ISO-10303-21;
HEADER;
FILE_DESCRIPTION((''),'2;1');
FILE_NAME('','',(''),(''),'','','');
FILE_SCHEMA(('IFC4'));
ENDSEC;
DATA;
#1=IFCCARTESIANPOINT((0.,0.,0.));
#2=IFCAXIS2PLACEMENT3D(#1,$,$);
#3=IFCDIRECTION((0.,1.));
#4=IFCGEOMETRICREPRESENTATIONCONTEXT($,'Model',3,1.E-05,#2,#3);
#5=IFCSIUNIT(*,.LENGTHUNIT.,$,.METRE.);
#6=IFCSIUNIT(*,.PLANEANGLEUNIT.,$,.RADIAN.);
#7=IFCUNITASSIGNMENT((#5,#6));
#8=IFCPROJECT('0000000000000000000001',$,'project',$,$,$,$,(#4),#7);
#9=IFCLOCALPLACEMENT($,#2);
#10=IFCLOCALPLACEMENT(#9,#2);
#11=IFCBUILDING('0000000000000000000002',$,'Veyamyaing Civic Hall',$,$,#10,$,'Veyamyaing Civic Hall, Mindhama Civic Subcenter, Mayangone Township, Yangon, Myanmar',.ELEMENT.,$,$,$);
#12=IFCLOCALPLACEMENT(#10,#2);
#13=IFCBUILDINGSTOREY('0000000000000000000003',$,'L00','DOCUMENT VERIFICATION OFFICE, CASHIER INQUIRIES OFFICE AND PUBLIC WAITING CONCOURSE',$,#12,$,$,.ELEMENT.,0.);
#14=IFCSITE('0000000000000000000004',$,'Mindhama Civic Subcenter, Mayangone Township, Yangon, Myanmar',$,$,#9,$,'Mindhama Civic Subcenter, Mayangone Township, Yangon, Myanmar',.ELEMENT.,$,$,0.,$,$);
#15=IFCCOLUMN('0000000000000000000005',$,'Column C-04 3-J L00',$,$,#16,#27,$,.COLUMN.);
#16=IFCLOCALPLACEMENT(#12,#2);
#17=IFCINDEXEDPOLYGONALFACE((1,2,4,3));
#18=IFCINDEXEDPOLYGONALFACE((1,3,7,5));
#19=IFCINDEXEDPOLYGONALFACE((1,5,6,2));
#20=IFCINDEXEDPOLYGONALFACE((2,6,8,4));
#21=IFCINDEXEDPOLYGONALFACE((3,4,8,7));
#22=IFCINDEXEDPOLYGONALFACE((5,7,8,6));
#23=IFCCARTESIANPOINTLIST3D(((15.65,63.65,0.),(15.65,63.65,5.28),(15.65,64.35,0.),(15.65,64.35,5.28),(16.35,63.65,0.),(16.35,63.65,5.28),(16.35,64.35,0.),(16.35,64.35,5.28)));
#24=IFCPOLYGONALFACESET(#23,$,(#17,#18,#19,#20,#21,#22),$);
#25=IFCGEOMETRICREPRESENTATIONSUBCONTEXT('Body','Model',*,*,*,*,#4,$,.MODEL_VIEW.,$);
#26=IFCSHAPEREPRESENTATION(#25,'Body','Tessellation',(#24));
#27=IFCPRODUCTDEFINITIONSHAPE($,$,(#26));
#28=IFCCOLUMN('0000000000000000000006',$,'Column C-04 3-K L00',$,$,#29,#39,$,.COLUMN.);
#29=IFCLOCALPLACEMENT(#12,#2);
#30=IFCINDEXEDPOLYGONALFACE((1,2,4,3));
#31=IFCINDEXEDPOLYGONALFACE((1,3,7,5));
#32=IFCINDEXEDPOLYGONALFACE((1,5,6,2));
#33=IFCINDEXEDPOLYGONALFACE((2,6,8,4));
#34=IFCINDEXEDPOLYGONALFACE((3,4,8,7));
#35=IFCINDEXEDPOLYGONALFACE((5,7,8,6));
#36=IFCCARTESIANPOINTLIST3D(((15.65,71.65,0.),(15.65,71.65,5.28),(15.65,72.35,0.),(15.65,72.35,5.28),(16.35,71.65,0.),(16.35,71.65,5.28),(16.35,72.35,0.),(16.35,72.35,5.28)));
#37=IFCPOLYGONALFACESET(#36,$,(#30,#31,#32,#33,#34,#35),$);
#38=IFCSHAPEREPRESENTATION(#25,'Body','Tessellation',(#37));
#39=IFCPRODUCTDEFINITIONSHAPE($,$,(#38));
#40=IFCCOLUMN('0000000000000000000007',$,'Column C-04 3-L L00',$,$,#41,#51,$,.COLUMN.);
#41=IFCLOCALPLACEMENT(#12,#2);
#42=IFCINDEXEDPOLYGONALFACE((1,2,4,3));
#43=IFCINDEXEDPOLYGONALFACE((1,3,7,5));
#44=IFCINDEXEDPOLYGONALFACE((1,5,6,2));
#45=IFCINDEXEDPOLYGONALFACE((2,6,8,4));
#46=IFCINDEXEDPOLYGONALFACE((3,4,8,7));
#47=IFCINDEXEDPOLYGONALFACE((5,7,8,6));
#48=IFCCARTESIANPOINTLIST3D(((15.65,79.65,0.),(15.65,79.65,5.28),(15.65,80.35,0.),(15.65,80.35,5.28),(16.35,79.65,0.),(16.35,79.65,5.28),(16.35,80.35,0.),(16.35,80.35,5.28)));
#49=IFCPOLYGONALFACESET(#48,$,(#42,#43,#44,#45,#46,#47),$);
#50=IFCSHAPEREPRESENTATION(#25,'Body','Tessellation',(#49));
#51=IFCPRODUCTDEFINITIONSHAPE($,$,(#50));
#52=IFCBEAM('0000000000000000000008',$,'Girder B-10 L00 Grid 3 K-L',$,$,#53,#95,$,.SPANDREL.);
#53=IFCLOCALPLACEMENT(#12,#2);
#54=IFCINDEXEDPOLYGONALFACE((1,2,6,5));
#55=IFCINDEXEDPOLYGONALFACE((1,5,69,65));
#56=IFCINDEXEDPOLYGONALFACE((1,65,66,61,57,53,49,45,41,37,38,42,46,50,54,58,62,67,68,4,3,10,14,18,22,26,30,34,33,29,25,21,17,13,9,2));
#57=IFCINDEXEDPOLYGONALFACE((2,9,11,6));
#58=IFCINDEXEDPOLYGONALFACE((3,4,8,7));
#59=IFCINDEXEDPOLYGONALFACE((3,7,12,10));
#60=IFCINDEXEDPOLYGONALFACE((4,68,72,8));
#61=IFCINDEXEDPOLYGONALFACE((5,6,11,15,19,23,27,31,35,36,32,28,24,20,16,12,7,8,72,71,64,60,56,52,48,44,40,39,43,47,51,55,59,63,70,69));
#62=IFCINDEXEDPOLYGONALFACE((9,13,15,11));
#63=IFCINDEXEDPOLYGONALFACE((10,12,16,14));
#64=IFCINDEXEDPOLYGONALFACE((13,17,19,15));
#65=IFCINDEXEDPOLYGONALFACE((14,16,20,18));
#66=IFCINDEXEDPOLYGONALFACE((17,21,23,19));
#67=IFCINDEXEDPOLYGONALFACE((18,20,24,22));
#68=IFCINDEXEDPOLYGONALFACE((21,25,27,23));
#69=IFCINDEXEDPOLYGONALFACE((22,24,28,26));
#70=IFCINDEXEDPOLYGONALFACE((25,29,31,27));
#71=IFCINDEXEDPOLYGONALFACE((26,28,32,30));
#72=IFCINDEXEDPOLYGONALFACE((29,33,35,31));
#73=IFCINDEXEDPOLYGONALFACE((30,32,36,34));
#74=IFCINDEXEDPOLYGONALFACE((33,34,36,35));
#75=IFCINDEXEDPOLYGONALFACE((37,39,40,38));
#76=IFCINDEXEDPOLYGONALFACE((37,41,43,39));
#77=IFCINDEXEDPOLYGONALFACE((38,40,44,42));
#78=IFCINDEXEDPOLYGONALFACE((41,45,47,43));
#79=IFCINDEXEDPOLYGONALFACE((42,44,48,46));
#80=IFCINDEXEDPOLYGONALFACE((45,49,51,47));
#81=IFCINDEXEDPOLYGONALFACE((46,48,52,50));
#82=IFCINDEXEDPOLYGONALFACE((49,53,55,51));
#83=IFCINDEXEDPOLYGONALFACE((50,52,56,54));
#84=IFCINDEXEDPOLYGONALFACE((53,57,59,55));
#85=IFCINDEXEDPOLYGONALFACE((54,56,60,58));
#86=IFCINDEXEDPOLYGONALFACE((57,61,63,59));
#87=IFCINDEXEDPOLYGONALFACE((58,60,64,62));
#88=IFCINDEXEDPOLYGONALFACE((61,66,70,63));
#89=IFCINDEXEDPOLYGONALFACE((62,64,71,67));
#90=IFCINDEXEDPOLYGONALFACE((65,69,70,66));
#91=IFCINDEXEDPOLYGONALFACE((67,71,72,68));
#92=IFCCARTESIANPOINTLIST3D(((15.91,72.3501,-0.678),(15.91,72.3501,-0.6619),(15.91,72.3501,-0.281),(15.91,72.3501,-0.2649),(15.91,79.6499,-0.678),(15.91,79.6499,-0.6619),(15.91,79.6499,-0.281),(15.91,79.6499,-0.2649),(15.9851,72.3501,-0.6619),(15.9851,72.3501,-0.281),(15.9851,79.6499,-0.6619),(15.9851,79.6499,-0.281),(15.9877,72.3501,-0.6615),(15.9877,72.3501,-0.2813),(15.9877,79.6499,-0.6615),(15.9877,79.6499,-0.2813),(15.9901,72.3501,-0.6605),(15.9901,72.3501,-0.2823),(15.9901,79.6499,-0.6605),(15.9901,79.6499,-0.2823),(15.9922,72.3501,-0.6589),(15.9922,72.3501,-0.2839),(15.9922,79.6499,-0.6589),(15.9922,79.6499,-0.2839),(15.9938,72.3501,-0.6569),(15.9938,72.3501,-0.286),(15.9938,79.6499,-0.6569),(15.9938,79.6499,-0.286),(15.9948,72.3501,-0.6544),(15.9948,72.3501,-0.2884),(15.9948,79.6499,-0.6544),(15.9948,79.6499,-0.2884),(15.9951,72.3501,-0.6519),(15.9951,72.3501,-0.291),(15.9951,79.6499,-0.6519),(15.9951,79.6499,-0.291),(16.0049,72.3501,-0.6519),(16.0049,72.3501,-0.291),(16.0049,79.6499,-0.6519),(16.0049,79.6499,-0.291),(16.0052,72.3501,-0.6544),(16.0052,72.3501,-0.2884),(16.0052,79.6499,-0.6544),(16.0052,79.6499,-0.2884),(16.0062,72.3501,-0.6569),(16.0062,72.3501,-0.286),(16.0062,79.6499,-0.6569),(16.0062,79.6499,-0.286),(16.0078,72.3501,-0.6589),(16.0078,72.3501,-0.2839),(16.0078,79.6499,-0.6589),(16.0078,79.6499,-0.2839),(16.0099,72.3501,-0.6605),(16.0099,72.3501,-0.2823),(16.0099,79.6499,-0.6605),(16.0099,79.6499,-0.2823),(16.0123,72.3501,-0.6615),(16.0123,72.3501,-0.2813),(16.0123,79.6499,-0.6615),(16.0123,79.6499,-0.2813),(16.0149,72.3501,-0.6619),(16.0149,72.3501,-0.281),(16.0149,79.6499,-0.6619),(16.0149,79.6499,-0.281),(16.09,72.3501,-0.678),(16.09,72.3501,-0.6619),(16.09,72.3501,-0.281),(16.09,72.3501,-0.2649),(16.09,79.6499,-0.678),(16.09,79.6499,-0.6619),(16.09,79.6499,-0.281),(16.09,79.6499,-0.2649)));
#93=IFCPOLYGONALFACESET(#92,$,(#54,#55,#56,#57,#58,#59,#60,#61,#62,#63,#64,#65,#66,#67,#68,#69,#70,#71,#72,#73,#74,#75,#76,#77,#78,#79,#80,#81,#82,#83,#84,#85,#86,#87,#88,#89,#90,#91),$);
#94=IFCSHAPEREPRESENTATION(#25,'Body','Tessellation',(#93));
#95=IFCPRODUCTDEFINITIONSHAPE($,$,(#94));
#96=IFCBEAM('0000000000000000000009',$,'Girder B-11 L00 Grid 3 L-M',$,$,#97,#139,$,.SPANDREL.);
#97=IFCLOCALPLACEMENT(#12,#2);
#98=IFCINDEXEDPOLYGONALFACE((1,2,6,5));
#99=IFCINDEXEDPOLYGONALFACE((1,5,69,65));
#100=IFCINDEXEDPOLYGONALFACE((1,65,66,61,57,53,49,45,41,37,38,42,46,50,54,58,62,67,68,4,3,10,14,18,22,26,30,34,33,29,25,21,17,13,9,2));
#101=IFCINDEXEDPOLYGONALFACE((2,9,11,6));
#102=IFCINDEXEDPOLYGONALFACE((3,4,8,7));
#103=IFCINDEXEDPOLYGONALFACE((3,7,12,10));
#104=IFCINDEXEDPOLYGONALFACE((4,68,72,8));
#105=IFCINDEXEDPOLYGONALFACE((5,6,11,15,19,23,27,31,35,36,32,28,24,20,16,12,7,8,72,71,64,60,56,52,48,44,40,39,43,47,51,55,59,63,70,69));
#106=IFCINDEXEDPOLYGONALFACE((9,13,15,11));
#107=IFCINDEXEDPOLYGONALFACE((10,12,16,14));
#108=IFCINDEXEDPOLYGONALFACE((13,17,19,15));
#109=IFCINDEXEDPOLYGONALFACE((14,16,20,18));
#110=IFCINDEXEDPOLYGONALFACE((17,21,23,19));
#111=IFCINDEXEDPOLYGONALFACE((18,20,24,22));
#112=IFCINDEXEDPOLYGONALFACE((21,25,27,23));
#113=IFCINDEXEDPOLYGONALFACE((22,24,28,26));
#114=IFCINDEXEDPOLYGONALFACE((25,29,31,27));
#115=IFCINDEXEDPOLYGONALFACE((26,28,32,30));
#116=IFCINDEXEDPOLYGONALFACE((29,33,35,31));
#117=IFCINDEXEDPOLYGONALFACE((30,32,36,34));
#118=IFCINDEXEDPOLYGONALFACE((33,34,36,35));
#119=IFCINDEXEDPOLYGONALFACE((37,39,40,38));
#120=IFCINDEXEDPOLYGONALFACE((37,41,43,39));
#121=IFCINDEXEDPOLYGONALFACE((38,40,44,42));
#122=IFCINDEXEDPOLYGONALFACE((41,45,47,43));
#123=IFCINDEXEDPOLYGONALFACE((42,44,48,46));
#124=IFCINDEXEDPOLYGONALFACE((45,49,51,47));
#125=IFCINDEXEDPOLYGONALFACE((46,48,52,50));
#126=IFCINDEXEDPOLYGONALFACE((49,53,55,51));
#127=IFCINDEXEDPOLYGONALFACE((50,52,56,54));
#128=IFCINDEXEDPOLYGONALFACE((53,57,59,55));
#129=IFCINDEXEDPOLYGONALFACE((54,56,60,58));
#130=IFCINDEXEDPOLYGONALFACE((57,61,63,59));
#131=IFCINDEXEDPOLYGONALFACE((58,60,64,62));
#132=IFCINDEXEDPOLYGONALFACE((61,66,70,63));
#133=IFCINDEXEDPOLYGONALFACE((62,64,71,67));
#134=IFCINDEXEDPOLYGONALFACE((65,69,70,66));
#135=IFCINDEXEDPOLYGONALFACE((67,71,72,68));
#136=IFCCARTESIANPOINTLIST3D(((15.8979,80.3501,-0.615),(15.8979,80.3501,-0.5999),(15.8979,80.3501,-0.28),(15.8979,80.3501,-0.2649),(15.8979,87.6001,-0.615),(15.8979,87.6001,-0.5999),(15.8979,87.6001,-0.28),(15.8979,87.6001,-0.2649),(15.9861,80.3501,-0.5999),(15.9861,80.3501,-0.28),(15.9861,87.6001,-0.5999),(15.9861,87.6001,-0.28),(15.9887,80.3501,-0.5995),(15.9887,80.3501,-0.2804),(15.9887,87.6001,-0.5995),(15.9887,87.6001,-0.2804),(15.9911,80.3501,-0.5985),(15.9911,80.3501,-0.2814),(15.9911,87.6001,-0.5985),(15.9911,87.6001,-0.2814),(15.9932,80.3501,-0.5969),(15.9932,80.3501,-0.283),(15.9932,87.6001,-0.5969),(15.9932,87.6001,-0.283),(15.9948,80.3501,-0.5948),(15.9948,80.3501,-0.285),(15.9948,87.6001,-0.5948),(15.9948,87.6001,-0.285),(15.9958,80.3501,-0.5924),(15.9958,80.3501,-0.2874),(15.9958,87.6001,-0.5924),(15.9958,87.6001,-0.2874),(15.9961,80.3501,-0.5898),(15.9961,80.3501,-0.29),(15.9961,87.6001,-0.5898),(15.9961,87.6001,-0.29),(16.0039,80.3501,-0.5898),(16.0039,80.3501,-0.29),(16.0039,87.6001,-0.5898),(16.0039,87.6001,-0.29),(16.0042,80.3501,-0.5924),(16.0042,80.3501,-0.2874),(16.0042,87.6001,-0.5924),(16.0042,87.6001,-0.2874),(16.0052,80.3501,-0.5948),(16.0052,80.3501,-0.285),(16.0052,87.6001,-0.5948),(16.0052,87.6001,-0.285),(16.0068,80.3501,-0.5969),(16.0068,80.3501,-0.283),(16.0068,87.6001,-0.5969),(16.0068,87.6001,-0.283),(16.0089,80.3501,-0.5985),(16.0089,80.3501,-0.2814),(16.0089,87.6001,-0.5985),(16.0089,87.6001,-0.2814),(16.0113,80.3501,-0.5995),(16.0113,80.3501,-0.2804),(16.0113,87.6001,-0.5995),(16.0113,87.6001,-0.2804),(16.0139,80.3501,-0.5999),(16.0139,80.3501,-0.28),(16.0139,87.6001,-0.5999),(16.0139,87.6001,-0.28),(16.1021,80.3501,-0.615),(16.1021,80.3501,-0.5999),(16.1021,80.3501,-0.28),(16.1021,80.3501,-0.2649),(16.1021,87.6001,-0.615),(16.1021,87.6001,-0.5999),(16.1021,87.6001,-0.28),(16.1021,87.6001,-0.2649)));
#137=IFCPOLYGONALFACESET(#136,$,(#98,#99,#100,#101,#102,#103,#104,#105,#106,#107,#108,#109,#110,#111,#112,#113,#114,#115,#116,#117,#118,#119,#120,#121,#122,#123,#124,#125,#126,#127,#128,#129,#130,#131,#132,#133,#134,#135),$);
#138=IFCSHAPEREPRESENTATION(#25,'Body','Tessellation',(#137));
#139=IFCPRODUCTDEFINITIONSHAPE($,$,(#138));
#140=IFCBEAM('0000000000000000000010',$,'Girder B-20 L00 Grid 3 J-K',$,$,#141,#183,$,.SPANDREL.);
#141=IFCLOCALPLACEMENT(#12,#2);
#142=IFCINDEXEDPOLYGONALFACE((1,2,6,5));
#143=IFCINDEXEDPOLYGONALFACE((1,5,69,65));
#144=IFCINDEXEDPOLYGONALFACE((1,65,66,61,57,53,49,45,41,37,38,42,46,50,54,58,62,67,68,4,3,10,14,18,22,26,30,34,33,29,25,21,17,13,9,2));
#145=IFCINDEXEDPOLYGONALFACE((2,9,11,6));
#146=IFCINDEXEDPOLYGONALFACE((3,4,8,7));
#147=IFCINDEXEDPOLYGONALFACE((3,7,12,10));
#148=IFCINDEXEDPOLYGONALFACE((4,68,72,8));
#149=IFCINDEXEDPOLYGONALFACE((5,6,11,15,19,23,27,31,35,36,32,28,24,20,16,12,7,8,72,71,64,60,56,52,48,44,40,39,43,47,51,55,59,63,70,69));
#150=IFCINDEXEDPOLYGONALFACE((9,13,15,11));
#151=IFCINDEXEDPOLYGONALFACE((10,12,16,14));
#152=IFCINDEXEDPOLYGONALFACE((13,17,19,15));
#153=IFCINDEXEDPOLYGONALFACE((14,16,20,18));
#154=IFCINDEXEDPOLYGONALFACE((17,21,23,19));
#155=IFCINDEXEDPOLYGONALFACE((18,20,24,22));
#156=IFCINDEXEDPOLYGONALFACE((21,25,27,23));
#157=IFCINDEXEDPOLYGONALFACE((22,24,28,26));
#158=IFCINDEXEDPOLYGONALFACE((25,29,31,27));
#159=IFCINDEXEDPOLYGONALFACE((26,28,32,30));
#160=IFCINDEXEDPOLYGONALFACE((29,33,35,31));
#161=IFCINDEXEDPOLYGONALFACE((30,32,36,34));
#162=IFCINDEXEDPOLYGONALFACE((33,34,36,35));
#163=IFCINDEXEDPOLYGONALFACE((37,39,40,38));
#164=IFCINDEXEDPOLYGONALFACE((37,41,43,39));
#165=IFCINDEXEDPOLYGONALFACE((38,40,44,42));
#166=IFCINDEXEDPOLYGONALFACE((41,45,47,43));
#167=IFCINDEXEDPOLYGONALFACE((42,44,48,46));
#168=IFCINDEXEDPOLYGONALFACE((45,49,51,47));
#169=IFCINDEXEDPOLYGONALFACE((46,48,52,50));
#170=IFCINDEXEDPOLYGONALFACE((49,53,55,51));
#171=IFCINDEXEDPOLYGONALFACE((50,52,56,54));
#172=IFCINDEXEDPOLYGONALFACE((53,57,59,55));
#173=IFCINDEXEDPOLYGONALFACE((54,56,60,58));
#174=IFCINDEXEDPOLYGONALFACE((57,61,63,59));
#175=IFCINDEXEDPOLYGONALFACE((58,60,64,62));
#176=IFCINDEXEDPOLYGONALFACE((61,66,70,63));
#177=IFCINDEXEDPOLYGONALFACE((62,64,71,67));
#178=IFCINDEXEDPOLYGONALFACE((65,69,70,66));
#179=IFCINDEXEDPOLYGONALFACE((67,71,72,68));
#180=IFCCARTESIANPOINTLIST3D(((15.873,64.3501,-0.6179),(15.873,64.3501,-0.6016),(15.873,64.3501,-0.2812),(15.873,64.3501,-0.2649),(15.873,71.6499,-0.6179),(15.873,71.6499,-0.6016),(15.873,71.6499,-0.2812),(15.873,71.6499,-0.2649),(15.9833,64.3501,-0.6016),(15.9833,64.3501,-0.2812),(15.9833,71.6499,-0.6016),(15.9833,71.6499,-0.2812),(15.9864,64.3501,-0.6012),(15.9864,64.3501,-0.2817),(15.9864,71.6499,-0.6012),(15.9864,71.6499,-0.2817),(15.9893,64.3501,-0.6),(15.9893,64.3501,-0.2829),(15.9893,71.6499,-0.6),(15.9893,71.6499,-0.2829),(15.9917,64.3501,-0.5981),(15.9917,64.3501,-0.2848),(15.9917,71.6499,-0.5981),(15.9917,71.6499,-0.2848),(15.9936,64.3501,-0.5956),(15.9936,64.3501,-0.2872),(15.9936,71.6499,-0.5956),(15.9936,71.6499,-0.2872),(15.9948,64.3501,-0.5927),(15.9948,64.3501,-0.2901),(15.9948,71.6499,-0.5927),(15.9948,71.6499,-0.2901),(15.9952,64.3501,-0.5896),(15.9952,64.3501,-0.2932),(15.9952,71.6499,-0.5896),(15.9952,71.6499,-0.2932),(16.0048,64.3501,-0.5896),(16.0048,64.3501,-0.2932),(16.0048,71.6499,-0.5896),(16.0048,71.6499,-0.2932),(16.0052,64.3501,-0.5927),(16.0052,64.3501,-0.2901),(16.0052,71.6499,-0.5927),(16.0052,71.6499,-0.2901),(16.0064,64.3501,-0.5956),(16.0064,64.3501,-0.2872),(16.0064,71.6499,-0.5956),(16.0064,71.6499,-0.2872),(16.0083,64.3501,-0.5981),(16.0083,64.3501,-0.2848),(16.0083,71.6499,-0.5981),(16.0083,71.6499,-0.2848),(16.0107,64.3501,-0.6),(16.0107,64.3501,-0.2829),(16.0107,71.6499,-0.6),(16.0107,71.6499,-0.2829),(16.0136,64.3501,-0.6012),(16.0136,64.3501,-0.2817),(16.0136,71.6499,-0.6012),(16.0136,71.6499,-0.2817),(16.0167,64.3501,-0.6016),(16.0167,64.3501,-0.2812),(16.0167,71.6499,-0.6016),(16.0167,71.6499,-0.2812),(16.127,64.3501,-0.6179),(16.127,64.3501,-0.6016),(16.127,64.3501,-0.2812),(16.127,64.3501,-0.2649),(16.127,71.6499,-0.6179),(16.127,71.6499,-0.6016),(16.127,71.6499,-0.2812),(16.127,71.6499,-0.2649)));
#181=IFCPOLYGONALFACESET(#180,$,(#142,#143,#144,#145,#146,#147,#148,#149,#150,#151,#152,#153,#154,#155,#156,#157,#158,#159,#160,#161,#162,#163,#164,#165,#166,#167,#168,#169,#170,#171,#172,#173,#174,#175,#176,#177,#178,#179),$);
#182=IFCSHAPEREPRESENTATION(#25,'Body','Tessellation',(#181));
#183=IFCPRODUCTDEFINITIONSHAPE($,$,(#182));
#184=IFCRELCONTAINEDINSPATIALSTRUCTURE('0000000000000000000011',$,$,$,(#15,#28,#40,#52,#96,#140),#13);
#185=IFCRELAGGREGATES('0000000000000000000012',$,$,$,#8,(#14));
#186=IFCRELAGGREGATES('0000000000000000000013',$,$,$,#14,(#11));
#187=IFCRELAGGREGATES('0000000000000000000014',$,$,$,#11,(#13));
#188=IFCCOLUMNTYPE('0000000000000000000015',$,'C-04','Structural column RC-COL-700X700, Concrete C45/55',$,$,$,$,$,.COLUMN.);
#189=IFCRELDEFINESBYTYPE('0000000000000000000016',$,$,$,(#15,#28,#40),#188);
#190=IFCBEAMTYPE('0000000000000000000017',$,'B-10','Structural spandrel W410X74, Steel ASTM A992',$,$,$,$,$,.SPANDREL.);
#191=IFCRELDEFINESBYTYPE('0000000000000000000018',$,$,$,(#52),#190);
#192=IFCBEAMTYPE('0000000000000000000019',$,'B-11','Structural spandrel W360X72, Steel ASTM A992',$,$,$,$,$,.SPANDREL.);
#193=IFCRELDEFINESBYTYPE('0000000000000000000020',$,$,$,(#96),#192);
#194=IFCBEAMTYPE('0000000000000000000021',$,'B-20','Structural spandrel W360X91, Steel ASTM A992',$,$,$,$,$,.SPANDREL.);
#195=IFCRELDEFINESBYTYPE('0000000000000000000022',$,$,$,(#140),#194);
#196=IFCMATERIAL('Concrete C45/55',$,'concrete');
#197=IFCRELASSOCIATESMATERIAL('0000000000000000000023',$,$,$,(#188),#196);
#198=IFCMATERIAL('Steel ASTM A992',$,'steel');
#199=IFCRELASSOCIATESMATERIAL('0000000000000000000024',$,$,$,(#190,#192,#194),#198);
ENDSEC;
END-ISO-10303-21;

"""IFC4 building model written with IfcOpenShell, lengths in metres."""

from ifc_helpers import new_model, si_unit, direction, frame, origin, origin_2d, place, context, subcontext, project, spatial, rectangle, i_section, extrude, material, material_profile, profile_set, type_object, element, save


model = new_model("IFC4")

# Units and contexts
model_context = context("Model", 3, precision=1e-05, world=origin(), true_north=direction((0.0, 1.0)))
body_context = subcontext(model_context, "Body", "Model", "MODEL_VIEW")
ifc_project = project(units=[si_unit("LENGTHUNIT", "METRE"), si_unit("PLANEANGLEUNIT", "RADIAN")], contexts=[model_context])

# Site, building, storey
site_placement = place(None, origin())
site = spatial("IfcSite", under=ifc_project, at=site_placement, Name="Mindhama Civic Subcenter, Mayangone Township, Yangon, Myanmar", LongName="Mindhama Civic Subcenter, Mayangone Township, Yangon, Myanmar", CompositionType="ELEMENT", RefElevation=0.0)
building_placement = place(site_placement, origin())
building = spatial("IfcBuilding", under=site, at=building_placement, Name="Veyamyaing Civic Hall", LongName="Veyamyaing Civic Hall, Mindhama Civic Subcenter, Mayangone Township, Yangon, Myanmar", CompositionType="ELEMENT")
storey_placement = place(building_placement, origin())
storey = spatial("IfcBuildingStorey", under=building, at=storey_placement, Name="L00", Description="DOCUMENT VERIFICATION OFFICE, CASHIER INQUIRIES OFFICE AND PUBLIC WAITING CONCOURSE", CompositionType="ELEMENT", Elevation=0.0)

# Columns
ifc_material_1 = material(Name="Concrete C45/55", Category="concrete")
ifc_material_profile_1 = material_profile(ifc_material_1, rectangle(XDim=0.7, YDim=0.7, at=origin_2d()), Name="RC-COL-700X700")
ifc_profile_set_1 = profile_set([ifc_material_profile_1], Name="Concrete C45/55")
column_type = type_object("IfcColumnType", Name="C-04", Description="Structural column RC-COL-700X700, Concrete C45/55", PredefinedType="COLUMN", material=ifc_profile_set_1)
for number, where, z_axis, x_axis, name in (
    (1, (16.0, 64.0, 0.0), (0.0, 0.0, 1.0), (1.0, 0.0, 0.0), "Column C-04 3-J L00"),
    (2, (16.0, 72.0, 0.0), (0.0, 0.0, 1.0), (1.0, 0.0, 0.0), "Column C-04 3-K L00"),
    (3, (16.0, 80.0, 0.0), (0.0, 0.0, 1.0), (1.0, 0.0, 0.0), "Column C-04 3-L L00"),
):
    element("IfcColumn", number, at=place(storey_placement, frame(where, z_axis=z_axis, x_axis=x_axis)), inside=storey, type_object=column_type, Name=name, PredefinedType="COLUMN", context=body_context, shape_type="SweptSolid", body=[
        extrude(rectangle(XDim=0.7, YDim=0.7, at=origin_2d()), origin(), (0.0, 0.0, 1.0), 5.28),
    ])

# Beams
ifc_material_2 = material(Name="Steel ASTM A992", Category="steel")
ifc_material_profile_2 = material_profile(ifc_material_2, i_section(OverallWidth=0.1799, OverallDepth=0.4131, WebThickness=0.0098, FlangeThickness=0.0161, FilletRadius=0.01, at=origin_2d()), Name="W410X74")
ifc_profile_set_2 = profile_set([ifc_material_profile_2], Name="Steel ASTM A992")
beam_type_1 = type_object("IfcBeamType", Name="B-10", Description="Structural spandrel W410X74, Steel ASTM A992", PredefinedType="SPANDREL", material=ifc_profile_set_2)
beam_1_placement = place(storey_placement, frame((16.0, 72.3501, -0.4714), z_axis=(0.0, 1.0, 0.0), x_axis=(-1.0, 0.0, 0.0)))
element("IfcBeam", 4, at=beam_1_placement, inside=storey, type_object=beam_type_1, Name="Girder B-10 L00 Grid 3 K-L", PredefinedType="SPANDREL", context=body_context, shape_type="SweptSolid", body=[
    extrude(i_section(OverallWidth=0.1799, OverallDepth=0.4131, WebThickness=0.0098, FlangeThickness=0.0161, FilletRadius=0.01, at=origin_2d()), origin(), (0.0, 0.0, 1.0), 7.2998),
])
ifc_material_profile_3 = material_profile(ifc_material_2, i_section(OverallWidth=0.2041, OverallDepth=0.3501, WebThickness=0.0078, FlangeThickness=0.0151, FilletRadius=0.01, at=origin_2d()), Name="W360X72")
ifc_profile_set_3 = profile_set([ifc_material_profile_3], Name="Steel ASTM A992")
beam_type_2 = type_object("IfcBeamType", Name="B-11", Description="Structural spandrel W360X72, Steel ASTM A992", PredefinedType="SPANDREL", material=ifc_profile_set_3)
beam_2_placement = place(storey_placement, frame((16.0, 80.3501, -0.4399), z_axis=(0.0, 1.0, 0.0), x_axis=(-1.0, 0.0, 0.0)))
element("IfcBeam", 5, at=beam_2_placement, inside=storey, type_object=beam_type_2, Name="Girder B-11 L00 Grid 3 L-M", PredefinedType="SPANDREL", context=body_context, shape_type="SweptSolid", body=[
    extrude(i_section(OverallWidth=0.2041, OverallDepth=0.3501, WebThickness=0.0078, FlangeThickness=0.0151, FilletRadius=0.01, at=origin_2d()), origin(), (0.0, 0.0, 1.0), 7.25),
])
ifc_material_profile_4 = material_profile(ifc_material_2, i_section(OverallWidth=0.2539, OverallDepth=0.353, WebThickness=0.0095, FlangeThickness=0.0164, FilletRadius=0.012, at=origin_2d()), Name="W360X91")
ifc_profile_set_4 = profile_set([ifc_material_profile_4], Name="Steel ASTM A992")
beam_type_3 = type_object("IfcBeamType", Name="B-20", Description="Structural spandrel W360X91, Steel ASTM A992", PredefinedType="SPANDREL", material=ifc_profile_set_4)
beam_3_placement = place(storey_placement, frame((16.0, 64.3501, -0.4414), z_axis=(0.0, 1.0, 0.0), x_axis=(-1.0, 0.0, 0.0)))
element("IfcBeam", 6, at=beam_3_placement, inside=storey, type_object=beam_type_3, Name="Girder B-20 L00 Grid 3 J-K", PredefinedType="SPANDREL", context=body_context, shape_type="SweptSolid", body=[
    extrude(i_section(OverallWidth=0.2539, OverallDepth=0.353, WebThickness=0.0095, FlangeThickness=0.0164, FilletRadius=0.012, at=origin_2d()), origin(), (0.0, 0.0, 1.0), 7.2998),
])

save(model, "model.ifc")
